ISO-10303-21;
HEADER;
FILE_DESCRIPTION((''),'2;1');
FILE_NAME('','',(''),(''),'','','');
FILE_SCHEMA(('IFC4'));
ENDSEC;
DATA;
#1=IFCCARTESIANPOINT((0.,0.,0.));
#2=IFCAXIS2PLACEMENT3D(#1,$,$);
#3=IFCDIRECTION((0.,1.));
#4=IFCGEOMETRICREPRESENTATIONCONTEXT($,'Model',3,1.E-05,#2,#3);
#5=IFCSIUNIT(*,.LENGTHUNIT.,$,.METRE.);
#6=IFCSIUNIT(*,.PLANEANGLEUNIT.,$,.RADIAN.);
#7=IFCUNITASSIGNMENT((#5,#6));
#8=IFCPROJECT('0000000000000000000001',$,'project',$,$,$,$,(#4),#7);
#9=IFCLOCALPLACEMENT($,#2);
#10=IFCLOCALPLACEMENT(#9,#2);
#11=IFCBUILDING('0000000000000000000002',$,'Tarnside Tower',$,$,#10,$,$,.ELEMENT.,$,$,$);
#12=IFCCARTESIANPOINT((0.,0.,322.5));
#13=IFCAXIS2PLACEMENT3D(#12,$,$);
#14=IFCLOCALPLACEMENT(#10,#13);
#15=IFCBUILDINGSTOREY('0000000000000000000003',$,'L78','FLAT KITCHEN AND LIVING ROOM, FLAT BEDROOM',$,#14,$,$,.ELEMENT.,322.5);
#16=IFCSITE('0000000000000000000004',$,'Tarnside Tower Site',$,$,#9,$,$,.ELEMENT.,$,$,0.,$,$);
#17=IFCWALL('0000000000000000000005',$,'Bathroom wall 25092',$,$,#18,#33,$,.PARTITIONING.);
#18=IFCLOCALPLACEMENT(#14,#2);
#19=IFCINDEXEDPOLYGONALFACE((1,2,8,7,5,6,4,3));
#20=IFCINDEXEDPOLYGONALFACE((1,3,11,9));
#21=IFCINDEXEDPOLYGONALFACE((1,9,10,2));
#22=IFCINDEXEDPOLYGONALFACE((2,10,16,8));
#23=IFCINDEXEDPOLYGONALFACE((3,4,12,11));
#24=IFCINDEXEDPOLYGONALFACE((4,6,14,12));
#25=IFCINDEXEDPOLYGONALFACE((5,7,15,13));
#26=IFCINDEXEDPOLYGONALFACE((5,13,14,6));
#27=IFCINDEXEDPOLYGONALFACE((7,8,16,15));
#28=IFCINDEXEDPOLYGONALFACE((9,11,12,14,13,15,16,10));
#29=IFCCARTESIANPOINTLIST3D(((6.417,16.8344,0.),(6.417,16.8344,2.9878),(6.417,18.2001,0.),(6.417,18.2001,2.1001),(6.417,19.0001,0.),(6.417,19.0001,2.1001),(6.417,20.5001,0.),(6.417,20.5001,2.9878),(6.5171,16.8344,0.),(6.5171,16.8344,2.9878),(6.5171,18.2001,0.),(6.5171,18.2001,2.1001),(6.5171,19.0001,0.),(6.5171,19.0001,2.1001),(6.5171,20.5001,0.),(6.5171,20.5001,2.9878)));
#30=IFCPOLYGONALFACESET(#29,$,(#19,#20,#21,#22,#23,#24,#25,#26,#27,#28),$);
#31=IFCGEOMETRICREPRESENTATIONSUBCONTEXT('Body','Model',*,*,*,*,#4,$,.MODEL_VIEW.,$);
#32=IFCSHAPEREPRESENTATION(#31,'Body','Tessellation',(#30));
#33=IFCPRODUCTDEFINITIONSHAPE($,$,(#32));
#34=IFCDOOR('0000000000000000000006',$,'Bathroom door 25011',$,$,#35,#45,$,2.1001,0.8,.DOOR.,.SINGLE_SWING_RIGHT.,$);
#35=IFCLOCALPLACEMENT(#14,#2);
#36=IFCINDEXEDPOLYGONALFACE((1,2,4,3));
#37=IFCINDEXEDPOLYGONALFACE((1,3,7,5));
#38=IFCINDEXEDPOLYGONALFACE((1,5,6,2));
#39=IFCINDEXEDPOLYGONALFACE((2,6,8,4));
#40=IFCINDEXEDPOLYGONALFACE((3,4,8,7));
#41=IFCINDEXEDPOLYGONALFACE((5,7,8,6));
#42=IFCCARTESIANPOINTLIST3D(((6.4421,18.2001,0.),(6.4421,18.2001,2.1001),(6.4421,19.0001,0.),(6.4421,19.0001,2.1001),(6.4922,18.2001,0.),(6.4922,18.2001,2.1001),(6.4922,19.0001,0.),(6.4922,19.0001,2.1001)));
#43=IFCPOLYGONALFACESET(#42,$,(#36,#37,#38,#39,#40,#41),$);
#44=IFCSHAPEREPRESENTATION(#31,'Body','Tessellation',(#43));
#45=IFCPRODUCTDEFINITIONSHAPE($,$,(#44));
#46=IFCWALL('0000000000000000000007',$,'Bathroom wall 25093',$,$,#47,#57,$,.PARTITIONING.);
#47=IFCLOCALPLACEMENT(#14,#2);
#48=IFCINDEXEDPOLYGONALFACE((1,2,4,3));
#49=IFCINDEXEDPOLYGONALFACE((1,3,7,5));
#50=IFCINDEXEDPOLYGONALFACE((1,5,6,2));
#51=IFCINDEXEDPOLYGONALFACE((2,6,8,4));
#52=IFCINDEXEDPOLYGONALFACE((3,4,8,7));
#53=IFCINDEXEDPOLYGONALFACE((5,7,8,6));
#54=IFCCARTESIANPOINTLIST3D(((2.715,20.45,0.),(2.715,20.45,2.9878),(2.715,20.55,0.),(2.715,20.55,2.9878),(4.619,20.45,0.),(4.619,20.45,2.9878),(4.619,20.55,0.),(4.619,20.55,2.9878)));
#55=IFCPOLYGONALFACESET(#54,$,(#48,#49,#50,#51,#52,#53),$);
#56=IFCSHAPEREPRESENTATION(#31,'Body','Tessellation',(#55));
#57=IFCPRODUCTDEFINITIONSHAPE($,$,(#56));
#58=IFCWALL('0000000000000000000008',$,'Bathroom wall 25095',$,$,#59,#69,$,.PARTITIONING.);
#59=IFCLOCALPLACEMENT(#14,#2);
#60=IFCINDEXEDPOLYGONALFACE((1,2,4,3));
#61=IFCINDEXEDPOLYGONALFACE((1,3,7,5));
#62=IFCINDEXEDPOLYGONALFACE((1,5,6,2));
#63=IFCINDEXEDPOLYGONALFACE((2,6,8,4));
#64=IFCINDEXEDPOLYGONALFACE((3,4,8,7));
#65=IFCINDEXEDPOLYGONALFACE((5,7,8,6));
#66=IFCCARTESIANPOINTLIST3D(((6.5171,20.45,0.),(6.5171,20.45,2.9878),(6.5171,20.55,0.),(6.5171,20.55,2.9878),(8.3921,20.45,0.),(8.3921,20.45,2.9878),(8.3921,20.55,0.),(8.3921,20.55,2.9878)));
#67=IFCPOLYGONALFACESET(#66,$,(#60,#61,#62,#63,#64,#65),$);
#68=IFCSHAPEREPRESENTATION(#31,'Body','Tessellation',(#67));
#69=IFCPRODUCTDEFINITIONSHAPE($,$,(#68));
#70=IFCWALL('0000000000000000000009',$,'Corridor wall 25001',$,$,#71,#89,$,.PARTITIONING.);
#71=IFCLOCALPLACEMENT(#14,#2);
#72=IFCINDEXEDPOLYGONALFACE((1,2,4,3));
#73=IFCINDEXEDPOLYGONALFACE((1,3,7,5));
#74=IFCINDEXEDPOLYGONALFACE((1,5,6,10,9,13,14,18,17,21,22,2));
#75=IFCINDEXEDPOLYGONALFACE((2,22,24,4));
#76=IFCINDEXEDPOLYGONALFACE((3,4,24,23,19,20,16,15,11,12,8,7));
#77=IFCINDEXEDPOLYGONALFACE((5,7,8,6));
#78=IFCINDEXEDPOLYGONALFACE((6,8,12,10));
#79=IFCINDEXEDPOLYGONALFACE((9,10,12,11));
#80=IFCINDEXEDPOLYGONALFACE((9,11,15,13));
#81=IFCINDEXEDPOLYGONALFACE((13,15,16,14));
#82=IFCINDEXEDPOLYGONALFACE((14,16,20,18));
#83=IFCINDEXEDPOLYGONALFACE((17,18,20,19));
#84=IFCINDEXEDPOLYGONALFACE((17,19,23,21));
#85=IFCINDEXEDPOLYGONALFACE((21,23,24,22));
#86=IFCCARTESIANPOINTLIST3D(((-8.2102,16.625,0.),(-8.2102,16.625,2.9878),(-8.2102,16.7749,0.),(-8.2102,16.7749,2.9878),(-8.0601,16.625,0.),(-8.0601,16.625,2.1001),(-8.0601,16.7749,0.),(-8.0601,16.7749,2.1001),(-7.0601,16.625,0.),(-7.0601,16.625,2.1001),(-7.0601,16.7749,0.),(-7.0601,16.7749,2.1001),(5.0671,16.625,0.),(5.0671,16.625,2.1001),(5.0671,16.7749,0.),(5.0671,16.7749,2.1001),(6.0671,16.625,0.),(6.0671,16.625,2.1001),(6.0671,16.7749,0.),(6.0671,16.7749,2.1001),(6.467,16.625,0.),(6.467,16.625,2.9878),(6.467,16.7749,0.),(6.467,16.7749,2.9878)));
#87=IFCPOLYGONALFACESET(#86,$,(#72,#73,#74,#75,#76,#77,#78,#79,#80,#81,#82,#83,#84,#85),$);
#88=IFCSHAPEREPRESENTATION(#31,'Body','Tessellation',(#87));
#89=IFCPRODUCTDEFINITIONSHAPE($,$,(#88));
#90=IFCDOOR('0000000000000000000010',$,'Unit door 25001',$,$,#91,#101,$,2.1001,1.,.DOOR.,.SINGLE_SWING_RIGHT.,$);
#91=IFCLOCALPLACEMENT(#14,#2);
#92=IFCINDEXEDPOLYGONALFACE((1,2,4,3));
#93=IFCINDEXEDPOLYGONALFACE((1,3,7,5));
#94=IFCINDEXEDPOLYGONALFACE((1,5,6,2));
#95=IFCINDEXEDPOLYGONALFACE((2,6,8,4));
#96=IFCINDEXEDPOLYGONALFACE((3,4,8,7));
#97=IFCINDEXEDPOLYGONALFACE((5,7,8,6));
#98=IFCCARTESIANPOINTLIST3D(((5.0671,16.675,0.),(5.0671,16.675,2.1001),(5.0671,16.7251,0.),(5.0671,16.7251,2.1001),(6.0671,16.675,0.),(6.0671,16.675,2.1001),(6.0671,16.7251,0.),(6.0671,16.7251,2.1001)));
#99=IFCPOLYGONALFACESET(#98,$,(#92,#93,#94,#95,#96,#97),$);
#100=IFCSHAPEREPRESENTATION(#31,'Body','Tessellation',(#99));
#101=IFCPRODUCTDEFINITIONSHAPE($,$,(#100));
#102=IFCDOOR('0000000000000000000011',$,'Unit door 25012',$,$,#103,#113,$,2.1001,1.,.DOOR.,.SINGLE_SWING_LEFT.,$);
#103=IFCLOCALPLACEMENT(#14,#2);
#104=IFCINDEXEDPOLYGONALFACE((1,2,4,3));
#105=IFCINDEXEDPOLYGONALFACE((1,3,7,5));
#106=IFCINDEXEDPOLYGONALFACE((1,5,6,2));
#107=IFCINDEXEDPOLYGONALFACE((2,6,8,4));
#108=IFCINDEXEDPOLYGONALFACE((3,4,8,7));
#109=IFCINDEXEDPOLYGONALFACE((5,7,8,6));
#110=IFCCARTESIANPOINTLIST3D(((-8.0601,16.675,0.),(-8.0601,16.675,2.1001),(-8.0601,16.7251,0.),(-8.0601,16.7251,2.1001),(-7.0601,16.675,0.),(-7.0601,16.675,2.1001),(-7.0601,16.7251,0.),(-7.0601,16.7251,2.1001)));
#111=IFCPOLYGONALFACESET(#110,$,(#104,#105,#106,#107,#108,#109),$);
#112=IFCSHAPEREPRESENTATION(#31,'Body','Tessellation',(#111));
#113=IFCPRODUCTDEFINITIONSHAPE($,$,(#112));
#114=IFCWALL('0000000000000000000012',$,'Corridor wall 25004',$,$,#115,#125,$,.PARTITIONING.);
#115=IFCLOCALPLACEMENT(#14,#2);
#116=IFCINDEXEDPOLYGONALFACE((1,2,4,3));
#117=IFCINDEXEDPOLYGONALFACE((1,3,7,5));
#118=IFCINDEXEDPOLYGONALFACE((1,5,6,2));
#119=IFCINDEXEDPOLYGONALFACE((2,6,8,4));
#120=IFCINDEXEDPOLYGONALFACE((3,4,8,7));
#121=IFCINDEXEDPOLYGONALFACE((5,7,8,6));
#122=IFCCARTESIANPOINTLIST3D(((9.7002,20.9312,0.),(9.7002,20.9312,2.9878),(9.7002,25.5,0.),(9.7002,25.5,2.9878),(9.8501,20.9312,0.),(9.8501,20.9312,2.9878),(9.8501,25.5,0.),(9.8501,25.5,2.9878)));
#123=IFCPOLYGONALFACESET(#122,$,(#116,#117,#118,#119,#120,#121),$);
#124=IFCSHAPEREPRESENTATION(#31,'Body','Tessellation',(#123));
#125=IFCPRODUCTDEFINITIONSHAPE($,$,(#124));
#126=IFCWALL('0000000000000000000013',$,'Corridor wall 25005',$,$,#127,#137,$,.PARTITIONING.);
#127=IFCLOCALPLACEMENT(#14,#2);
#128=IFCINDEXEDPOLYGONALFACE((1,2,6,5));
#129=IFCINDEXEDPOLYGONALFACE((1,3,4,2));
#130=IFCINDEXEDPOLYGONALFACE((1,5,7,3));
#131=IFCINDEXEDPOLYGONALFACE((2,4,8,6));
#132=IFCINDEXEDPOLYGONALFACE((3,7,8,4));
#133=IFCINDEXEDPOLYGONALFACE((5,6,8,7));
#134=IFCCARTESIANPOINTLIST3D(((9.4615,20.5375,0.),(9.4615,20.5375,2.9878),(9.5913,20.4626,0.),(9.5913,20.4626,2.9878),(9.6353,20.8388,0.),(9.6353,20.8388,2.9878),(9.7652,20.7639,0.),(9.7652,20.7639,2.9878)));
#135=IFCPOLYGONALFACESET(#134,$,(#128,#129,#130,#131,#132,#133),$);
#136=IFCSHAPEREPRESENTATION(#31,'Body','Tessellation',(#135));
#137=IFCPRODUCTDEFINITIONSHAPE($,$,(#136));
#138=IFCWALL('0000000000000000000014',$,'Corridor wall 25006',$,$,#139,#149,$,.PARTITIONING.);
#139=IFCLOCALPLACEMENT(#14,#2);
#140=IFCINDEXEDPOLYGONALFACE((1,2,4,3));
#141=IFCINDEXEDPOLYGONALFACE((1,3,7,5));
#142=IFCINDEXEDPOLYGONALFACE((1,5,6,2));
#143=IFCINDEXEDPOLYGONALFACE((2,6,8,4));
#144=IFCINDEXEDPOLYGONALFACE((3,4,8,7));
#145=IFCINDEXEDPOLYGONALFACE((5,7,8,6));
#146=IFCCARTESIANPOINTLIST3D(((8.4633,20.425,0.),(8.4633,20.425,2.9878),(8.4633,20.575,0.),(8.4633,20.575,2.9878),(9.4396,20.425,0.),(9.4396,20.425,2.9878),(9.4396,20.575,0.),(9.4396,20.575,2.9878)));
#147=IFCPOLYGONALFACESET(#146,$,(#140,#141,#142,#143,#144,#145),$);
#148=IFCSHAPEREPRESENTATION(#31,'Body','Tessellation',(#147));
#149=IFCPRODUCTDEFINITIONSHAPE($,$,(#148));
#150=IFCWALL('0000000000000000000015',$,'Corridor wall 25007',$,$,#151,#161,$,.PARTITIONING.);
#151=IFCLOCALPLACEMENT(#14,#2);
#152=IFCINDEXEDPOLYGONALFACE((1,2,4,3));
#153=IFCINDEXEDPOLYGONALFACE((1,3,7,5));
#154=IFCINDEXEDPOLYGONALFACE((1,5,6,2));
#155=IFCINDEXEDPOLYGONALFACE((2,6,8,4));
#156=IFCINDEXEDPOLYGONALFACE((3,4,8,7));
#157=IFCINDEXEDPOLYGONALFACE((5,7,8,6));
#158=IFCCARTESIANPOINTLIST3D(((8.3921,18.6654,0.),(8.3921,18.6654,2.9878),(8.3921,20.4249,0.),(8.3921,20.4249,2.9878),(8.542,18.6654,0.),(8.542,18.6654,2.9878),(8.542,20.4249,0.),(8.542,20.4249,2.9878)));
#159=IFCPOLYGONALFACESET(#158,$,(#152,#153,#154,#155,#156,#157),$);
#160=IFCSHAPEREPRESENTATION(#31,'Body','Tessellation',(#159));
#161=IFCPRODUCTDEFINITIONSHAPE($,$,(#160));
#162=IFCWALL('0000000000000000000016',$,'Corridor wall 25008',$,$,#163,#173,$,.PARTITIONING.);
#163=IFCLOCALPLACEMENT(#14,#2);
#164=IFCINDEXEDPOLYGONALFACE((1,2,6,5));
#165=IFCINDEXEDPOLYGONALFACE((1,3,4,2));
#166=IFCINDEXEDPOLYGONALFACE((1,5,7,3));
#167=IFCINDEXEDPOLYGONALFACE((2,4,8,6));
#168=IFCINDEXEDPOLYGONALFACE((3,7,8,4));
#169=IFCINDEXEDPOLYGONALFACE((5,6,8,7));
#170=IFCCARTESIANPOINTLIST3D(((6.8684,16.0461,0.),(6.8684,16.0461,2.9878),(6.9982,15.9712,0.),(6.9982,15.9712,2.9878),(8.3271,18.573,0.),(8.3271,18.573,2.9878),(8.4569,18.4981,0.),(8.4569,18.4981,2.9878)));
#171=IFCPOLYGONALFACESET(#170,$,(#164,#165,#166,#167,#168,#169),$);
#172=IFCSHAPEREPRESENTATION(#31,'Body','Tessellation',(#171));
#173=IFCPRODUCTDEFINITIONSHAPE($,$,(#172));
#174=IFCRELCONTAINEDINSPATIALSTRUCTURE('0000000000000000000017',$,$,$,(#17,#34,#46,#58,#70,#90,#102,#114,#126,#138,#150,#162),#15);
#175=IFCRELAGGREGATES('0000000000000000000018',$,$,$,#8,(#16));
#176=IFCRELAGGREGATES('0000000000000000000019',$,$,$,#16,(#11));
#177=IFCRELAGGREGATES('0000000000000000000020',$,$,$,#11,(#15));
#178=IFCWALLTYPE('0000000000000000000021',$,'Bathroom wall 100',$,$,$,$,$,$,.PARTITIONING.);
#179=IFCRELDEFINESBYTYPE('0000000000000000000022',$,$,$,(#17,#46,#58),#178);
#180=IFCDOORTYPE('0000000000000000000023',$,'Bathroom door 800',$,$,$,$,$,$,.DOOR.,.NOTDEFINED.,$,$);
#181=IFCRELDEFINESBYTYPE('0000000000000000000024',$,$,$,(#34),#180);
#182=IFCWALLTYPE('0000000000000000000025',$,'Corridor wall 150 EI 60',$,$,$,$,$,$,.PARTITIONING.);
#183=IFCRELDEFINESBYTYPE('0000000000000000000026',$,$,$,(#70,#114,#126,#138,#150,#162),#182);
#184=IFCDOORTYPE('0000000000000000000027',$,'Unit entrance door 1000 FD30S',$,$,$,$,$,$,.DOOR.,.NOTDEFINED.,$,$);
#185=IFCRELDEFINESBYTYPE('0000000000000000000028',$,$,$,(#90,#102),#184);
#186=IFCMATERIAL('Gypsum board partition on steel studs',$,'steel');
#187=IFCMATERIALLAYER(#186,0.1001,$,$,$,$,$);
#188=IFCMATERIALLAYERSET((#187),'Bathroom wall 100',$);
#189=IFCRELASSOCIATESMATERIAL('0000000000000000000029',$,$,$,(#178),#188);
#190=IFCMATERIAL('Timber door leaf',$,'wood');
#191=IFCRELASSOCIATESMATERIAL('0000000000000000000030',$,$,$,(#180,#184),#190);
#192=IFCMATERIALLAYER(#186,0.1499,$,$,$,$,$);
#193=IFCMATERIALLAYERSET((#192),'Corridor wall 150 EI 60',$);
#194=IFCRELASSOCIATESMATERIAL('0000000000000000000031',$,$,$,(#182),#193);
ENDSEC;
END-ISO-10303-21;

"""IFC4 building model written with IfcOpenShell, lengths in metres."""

from ifc_helpers import new_model, si_unit, direction, frame, frame_2d, origin, place, context, subcontext, project, spatial, rectangle, extrude, material, layer, layer_set, type_object, element, fill, save


model = new_model("IFC4")

# Units and contexts
model_context = context("Model", 3, precision=1e-05, world=origin(), true_north=direction((0.0, 1.0)))
body_context = subcontext(model_context, "Body", "Model", "MODEL_VIEW")
ifc_project = project(units=[si_unit("LENGTHUNIT", "METRE"), si_unit("PLANEANGLEUNIT", "RADIAN")], contexts=[model_context])

# Site, building, storey
site_placement = place(None, origin())
site = spatial("IfcSite", under=ifc_project, at=site_placement, Name="Tarnside Tower Site", CompositionType="ELEMENT", RefElevation=0.0)
building_placement = place(site_placement, origin())
building = spatial("IfcBuilding", under=site, at=building_placement, Name="Tarnside Tower", CompositionType="ELEMENT")
storey_placement = place(building_placement, frame((0.0, 0.0, 322.5)))
storey = spatial("IfcBuildingStorey", under=building, at=storey_placement, Name="L78", Description="FLAT KITCHEN AND LIVING ROOM, FLAT BEDROOM", CompositionType="ELEMENT", Elevation=322.5)

# Shared definitions
ifc_material_1 = material(Name="Gypsum board partition on steel studs", Category="steel")
ifc_layer_1 = layer(ifc_material_1, 0.1001)
ifc_layer_set_1 = layer_set([ifc_layer_1], Name="Bathroom wall 100")
wall_type_1 = type_object("IfcWallType", Name="Bathroom wall 100", PredefinedType="PARTITIONING", material=ifc_layer_set_1)

# Wall, opening, door
ifc_material_2 = material(Name="Timber door leaf", Category="wood")
door_type_1 = type_object("IfcDoorType", Name="Bathroom door 800", OperationType="NOTDEFINED", PredefinedType="DOOR", material=ifc_material_2)
wall_1_placement = place(storey_placement, frame((6.467, 16.8342, 0.0), z_axis=(0.0, 0.0, 1.0), x_axis=(0.0, 1.0, 0.0)))
wall_1 = element("IfcWall", 1, at=wall_1_placement, inside=storey, type_object=wall_type_1, Name="Bathroom wall 25092", PredefinedType="PARTITIONING", context=body_context, shape_type="SweptSolid", body=[
    extrude(rectangle(XDim=3.6658, YDim=0.1001, at=frame_2d((1.833, 0.0))), origin(), (0.0, 0.0, 1.0), 2.9878),
])
opening_1_placement = place(wall_1_placement, frame((1.366, 0.0, 0.0)))
opening_1 = element("IfcOpeningElement", 2, at=opening_1_placement, cuts=wall_1, PredefinedType="OPENING", context=body_context, shape_type="SweptSolid", body=[
    extrude(rectangle(XDim=0.8, YDim=2.1001, at=frame_2d((0.3999, 1.05))), frame((0.0, 0.0601, 0.0), z_axis=(0.0, -1.0, 0.0), x_axis=(1.0, 0.0, 0.0)), (0.0, 0.0, 1.0), 0.1201),
])
door_1_placement = place(opening_1_placement, origin())
door_1 = element("IfcDoor", 3, at=door_1_placement, inside=storey, type_object=door_type_1, Name="Bathroom door 25011", OperationType="SINGLE_SWING_RIGHT", OverallHeight=2.1001, OverallWidth=0.8, PredefinedType="DOOR", context=body_context, shape_type="SweptSolid", body=[
    extrude(rectangle(XDim=0.8, YDim=2.1001, at=frame_2d((0.3999, 1.05))), frame((0.0, 0.0249, 0.0), z_axis=(0.0, -1.0, 0.0), x_axis=(1.0, 0.0, 0.0)), (0.0, 0.0, 1.0), 0.05),
])
fill(opening_1, door_1)

# Walls
wall_2_placement = place(storey_placement, frame((4.6191, 20.5, 0.0), z_axis=(0.0, 0.0, 1.0), x_axis=(-1.0, 0.0, 0.0)))
element("IfcWall", 4, at=wall_2_placement, inside=storey, type_object=wall_type_1, Name="Bathroom wall 25093", PredefinedType="PARTITIONING", context=body_context, shape_type="SweptSolid", body=[
    extrude(rectangle(XDim=1.9041, YDim=0.1001, at=frame_2d((0.9521, 0.0))), origin(), (0.0, 0.0, 1.0), 2.9878),
])
wall_3_placement = place(storey_placement, frame((6.5171, 20.5, 0.0), z_axis=(0.0, 0.0, 1.0), x_axis=(1.0, 0.0, 0.0)))
element("IfcWall", 5, at=wall_3_placement, inside=storey, type_object=wall_type_1, Name="Bathroom wall 25095", PredefinedType="PARTITIONING", context=body_context, shape_type="SweptSolid", body=[
    extrude(rectangle(XDim=1.875, YDim=0.1001, at=frame_2d((0.9375, 0.0))), origin(), (0.0, 0.0, 1.0), 2.9878),
])

# Wall, openings, doors
ifc_layer_2 = layer(ifc_material_1, 0.1499)
ifc_layer_set_2 = layer_set([ifc_layer_2], Name="Corridor wall 150 EI 60")
wall_type_2 = type_object("IfcWallType", Name="Corridor wall 150 EI 60", PredefinedType="PARTITIONING", material=ifc_layer_set_2)
wall_4_placement = place(storey_placement, frame((6.467, 16.7, 0.0), z_axis=(0.0, 0.0, 1.0), x_axis=(-1.0, 0.0, 0.0)))
wall_4 = element("IfcWall", 6, at=wall_4_placement, inside=storey, type_object=wall_type_2, Name="Corridor wall 25001", PredefinedType="PARTITIONING", context=body_context, shape_type="SweptSolid", body=[
    extrude(rectangle(XDim=14.6772, YDim=0.1499, at=frame_2d((7.3386, 0.0))), origin(), (0.0, 0.0, 1.0), 2.9878),
])
opening_2_placement = place(wall_4_placement, frame((0.3999, 0.0, 0.0)))
opening_2 = element("IfcOpeningElement", 7, at=opening_2_placement, cuts=wall_4, PredefinedType="OPENING", context=body_context, shape_type="SweptSolid", body=[
    extrude(rectangle(XDim=1.0, YDim=2.1001, at=frame_2d((0.5, 1.05))), frame((0.0, 0.085, 0.0), z_axis=(0.0, -1.0, 0.0), x_axis=(1.0, 0.0, 0.0)), (0.0, 0.0, 1.0), 0.1699),
])
opening_3_placement = place(wall_4_placement, frame((13.5271, 0.0, 0.0)))
opening_3 = element("IfcOpeningElement", 8, at=opening_3_placement, cuts=wall_4, PredefinedType="OPENING", context=body_context, shape_type="SweptSolid", body=[
    extrude(rectangle(XDim=1.0, YDim=2.1001, at=frame_2d((0.5, 1.05))), frame((0.0, 0.085, 0.0), z_axis=(0.0, -1.0, 0.0), x_axis=(1.0, 0.0, 0.0)), (0.0, 0.0, 1.0), 0.1699),
])
door_type_2 = type_object("IfcDoorType", Name="Unit entrance door 1000 FD30S", OperationType="NOTDEFINED", PredefinedType="DOOR", material=ifc_material_2)
door_2_placement = place(opening_2_placement, origin())
door_2 = element("IfcDoor", 9, at=door_2_placement, inside=storey, type_object=door_type_2, Name="Unit door 25001", OperationType="SINGLE_SWING_RIGHT", OverallHeight=2.1001, OverallWidth=1.0, PredefinedType="DOOR", context=body_context, shape_type="SweptSolid", body=[
    extrude(rectangle(XDim=1.0, YDim=2.1001, at=frame_2d((0.5, 1.05))), frame((0.0, 0.0249, 0.0), z_axis=(0.0, -1.0, 0.0), x_axis=(1.0, 0.0, 0.0)), (0.0, 0.0, 1.0), 0.05),
])
fill(opening_2, door_2)
door_3_placement = place(opening_3_placement, origin())
door_3 = element("IfcDoor", 10, at=door_3_placement, inside=storey, type_object=door_type_2, Name="Unit door 25012", OperationType="SINGLE_SWING_LEFT", OverallHeight=2.1001, OverallWidth=1.0, PredefinedType="DOOR", context=body_context, shape_type="SweptSolid", body=[
    extrude(rectangle(XDim=1.0, YDim=2.1001, at=frame_2d((0.5, 1.05))), frame((0.0, 0.0249, 0.0), z_axis=(0.0, -1.0, 0.0), x_axis=(1.0, 0.0, 0.0)), (0.0, 0.0, 1.0), 0.05),
])
fill(opening_3, door_3)

# Walls
wall_5_placement = place(storey_placement, frame((9.7751, 25.5, 0.0), z_axis=(0.0, 0.0, 1.0), x_axis=(0.0, -1.0, 0.0)))
element("IfcWall", 11, at=wall_5_placement, inside=storey, type_object=wall_type_2, Name="Corridor wall 25004", PredefinedType="PARTITIONING", context=body_context, shape_type="SweptSolid", body=[
    extrude(rectangle(XDim=4.5688, YDim=0.1499, at=frame_2d((2.2844, 0.0))), origin(), (0.0, 0.0, 1.0), 2.9878),
])
wall_6_placement = place(storey_placement, frame((9.7002, 20.8013, 0.0), z_axis=(0.0, 0.0, 1.0), x_axis=(-0.499763, -0.866162, 0.0)))
element("IfcWall", 12, at=wall_6_placement, inside=storey, type_object=wall_type_2, Name="Corridor wall 25005", PredefinedType="PARTITIONING", context=body_context, shape_type="SweptSolid", body=[
    extrude(rectangle(XDim=0.3479, YDim=0.1499, at=frame_2d((0.1738, 0.0))), origin(), (0.0, 0.0, 1.0), 2.9878),
])
wall_7_placement = place(storey_placement, frame((9.4397, 20.5, 0.0), z_axis=(0.0, 0.0, 1.0), x_axis=(-1.0, 0.0, 0.0)))
element("IfcWall", 13, at=wall_7_placement, inside=storey, type_object=wall_type_2, Name="Corridor wall 25006", PredefinedType="PARTITIONING", context=body_context, shape_type="SweptSolid", body=[
    extrude(rectangle(XDim=0.9763, YDim=0.1499, at=frame_2d((0.4883, 0.0))), origin(), (0.0, 0.0, 1.0), 2.9878),
])
wall_8_placement = place(storey_placement, frame((8.467, 20.425, 0.0), z_axis=(0.0, 0.0, 1.0), x_axis=(0.0, -1.0, 0.0)))
element("IfcWall", 14, at=wall_8_placement, inside=storey, type_object=wall_type_2, Name="Corridor wall 25007", PredefinedType="PARTITIONING", context=body_context, shape_type="SweptSolid", body=[
    extrude(rectangle(XDim=1.7595, YDim=0.1499, at=frame_2d((0.8799, 0.0))), origin(), (0.0, 0.0, 1.0), 2.9878),
])
wall_9_placement = place(storey_placement, frame((8.3921, 18.5356, 0.0), z_axis=(0.0, 0.0, 1.0), x_axis=(-0.499964, -0.866046, 0.0)))
element("IfcWall", 15, at=wall_9_placement, inside=storey, type_object=wall_type_2, Name="Corridor wall 25008", PredefinedType="PARTITIONING", context=body_context, shape_type="SweptSolid", body=[
    extrude(rectangle(XDim=2.9177, YDim=0.1499, at=frame_2d((1.459, 0.0))), origin(), (0.0, 0.0, 1.0), 2.9878),
])

save(model, "model.ifc")
